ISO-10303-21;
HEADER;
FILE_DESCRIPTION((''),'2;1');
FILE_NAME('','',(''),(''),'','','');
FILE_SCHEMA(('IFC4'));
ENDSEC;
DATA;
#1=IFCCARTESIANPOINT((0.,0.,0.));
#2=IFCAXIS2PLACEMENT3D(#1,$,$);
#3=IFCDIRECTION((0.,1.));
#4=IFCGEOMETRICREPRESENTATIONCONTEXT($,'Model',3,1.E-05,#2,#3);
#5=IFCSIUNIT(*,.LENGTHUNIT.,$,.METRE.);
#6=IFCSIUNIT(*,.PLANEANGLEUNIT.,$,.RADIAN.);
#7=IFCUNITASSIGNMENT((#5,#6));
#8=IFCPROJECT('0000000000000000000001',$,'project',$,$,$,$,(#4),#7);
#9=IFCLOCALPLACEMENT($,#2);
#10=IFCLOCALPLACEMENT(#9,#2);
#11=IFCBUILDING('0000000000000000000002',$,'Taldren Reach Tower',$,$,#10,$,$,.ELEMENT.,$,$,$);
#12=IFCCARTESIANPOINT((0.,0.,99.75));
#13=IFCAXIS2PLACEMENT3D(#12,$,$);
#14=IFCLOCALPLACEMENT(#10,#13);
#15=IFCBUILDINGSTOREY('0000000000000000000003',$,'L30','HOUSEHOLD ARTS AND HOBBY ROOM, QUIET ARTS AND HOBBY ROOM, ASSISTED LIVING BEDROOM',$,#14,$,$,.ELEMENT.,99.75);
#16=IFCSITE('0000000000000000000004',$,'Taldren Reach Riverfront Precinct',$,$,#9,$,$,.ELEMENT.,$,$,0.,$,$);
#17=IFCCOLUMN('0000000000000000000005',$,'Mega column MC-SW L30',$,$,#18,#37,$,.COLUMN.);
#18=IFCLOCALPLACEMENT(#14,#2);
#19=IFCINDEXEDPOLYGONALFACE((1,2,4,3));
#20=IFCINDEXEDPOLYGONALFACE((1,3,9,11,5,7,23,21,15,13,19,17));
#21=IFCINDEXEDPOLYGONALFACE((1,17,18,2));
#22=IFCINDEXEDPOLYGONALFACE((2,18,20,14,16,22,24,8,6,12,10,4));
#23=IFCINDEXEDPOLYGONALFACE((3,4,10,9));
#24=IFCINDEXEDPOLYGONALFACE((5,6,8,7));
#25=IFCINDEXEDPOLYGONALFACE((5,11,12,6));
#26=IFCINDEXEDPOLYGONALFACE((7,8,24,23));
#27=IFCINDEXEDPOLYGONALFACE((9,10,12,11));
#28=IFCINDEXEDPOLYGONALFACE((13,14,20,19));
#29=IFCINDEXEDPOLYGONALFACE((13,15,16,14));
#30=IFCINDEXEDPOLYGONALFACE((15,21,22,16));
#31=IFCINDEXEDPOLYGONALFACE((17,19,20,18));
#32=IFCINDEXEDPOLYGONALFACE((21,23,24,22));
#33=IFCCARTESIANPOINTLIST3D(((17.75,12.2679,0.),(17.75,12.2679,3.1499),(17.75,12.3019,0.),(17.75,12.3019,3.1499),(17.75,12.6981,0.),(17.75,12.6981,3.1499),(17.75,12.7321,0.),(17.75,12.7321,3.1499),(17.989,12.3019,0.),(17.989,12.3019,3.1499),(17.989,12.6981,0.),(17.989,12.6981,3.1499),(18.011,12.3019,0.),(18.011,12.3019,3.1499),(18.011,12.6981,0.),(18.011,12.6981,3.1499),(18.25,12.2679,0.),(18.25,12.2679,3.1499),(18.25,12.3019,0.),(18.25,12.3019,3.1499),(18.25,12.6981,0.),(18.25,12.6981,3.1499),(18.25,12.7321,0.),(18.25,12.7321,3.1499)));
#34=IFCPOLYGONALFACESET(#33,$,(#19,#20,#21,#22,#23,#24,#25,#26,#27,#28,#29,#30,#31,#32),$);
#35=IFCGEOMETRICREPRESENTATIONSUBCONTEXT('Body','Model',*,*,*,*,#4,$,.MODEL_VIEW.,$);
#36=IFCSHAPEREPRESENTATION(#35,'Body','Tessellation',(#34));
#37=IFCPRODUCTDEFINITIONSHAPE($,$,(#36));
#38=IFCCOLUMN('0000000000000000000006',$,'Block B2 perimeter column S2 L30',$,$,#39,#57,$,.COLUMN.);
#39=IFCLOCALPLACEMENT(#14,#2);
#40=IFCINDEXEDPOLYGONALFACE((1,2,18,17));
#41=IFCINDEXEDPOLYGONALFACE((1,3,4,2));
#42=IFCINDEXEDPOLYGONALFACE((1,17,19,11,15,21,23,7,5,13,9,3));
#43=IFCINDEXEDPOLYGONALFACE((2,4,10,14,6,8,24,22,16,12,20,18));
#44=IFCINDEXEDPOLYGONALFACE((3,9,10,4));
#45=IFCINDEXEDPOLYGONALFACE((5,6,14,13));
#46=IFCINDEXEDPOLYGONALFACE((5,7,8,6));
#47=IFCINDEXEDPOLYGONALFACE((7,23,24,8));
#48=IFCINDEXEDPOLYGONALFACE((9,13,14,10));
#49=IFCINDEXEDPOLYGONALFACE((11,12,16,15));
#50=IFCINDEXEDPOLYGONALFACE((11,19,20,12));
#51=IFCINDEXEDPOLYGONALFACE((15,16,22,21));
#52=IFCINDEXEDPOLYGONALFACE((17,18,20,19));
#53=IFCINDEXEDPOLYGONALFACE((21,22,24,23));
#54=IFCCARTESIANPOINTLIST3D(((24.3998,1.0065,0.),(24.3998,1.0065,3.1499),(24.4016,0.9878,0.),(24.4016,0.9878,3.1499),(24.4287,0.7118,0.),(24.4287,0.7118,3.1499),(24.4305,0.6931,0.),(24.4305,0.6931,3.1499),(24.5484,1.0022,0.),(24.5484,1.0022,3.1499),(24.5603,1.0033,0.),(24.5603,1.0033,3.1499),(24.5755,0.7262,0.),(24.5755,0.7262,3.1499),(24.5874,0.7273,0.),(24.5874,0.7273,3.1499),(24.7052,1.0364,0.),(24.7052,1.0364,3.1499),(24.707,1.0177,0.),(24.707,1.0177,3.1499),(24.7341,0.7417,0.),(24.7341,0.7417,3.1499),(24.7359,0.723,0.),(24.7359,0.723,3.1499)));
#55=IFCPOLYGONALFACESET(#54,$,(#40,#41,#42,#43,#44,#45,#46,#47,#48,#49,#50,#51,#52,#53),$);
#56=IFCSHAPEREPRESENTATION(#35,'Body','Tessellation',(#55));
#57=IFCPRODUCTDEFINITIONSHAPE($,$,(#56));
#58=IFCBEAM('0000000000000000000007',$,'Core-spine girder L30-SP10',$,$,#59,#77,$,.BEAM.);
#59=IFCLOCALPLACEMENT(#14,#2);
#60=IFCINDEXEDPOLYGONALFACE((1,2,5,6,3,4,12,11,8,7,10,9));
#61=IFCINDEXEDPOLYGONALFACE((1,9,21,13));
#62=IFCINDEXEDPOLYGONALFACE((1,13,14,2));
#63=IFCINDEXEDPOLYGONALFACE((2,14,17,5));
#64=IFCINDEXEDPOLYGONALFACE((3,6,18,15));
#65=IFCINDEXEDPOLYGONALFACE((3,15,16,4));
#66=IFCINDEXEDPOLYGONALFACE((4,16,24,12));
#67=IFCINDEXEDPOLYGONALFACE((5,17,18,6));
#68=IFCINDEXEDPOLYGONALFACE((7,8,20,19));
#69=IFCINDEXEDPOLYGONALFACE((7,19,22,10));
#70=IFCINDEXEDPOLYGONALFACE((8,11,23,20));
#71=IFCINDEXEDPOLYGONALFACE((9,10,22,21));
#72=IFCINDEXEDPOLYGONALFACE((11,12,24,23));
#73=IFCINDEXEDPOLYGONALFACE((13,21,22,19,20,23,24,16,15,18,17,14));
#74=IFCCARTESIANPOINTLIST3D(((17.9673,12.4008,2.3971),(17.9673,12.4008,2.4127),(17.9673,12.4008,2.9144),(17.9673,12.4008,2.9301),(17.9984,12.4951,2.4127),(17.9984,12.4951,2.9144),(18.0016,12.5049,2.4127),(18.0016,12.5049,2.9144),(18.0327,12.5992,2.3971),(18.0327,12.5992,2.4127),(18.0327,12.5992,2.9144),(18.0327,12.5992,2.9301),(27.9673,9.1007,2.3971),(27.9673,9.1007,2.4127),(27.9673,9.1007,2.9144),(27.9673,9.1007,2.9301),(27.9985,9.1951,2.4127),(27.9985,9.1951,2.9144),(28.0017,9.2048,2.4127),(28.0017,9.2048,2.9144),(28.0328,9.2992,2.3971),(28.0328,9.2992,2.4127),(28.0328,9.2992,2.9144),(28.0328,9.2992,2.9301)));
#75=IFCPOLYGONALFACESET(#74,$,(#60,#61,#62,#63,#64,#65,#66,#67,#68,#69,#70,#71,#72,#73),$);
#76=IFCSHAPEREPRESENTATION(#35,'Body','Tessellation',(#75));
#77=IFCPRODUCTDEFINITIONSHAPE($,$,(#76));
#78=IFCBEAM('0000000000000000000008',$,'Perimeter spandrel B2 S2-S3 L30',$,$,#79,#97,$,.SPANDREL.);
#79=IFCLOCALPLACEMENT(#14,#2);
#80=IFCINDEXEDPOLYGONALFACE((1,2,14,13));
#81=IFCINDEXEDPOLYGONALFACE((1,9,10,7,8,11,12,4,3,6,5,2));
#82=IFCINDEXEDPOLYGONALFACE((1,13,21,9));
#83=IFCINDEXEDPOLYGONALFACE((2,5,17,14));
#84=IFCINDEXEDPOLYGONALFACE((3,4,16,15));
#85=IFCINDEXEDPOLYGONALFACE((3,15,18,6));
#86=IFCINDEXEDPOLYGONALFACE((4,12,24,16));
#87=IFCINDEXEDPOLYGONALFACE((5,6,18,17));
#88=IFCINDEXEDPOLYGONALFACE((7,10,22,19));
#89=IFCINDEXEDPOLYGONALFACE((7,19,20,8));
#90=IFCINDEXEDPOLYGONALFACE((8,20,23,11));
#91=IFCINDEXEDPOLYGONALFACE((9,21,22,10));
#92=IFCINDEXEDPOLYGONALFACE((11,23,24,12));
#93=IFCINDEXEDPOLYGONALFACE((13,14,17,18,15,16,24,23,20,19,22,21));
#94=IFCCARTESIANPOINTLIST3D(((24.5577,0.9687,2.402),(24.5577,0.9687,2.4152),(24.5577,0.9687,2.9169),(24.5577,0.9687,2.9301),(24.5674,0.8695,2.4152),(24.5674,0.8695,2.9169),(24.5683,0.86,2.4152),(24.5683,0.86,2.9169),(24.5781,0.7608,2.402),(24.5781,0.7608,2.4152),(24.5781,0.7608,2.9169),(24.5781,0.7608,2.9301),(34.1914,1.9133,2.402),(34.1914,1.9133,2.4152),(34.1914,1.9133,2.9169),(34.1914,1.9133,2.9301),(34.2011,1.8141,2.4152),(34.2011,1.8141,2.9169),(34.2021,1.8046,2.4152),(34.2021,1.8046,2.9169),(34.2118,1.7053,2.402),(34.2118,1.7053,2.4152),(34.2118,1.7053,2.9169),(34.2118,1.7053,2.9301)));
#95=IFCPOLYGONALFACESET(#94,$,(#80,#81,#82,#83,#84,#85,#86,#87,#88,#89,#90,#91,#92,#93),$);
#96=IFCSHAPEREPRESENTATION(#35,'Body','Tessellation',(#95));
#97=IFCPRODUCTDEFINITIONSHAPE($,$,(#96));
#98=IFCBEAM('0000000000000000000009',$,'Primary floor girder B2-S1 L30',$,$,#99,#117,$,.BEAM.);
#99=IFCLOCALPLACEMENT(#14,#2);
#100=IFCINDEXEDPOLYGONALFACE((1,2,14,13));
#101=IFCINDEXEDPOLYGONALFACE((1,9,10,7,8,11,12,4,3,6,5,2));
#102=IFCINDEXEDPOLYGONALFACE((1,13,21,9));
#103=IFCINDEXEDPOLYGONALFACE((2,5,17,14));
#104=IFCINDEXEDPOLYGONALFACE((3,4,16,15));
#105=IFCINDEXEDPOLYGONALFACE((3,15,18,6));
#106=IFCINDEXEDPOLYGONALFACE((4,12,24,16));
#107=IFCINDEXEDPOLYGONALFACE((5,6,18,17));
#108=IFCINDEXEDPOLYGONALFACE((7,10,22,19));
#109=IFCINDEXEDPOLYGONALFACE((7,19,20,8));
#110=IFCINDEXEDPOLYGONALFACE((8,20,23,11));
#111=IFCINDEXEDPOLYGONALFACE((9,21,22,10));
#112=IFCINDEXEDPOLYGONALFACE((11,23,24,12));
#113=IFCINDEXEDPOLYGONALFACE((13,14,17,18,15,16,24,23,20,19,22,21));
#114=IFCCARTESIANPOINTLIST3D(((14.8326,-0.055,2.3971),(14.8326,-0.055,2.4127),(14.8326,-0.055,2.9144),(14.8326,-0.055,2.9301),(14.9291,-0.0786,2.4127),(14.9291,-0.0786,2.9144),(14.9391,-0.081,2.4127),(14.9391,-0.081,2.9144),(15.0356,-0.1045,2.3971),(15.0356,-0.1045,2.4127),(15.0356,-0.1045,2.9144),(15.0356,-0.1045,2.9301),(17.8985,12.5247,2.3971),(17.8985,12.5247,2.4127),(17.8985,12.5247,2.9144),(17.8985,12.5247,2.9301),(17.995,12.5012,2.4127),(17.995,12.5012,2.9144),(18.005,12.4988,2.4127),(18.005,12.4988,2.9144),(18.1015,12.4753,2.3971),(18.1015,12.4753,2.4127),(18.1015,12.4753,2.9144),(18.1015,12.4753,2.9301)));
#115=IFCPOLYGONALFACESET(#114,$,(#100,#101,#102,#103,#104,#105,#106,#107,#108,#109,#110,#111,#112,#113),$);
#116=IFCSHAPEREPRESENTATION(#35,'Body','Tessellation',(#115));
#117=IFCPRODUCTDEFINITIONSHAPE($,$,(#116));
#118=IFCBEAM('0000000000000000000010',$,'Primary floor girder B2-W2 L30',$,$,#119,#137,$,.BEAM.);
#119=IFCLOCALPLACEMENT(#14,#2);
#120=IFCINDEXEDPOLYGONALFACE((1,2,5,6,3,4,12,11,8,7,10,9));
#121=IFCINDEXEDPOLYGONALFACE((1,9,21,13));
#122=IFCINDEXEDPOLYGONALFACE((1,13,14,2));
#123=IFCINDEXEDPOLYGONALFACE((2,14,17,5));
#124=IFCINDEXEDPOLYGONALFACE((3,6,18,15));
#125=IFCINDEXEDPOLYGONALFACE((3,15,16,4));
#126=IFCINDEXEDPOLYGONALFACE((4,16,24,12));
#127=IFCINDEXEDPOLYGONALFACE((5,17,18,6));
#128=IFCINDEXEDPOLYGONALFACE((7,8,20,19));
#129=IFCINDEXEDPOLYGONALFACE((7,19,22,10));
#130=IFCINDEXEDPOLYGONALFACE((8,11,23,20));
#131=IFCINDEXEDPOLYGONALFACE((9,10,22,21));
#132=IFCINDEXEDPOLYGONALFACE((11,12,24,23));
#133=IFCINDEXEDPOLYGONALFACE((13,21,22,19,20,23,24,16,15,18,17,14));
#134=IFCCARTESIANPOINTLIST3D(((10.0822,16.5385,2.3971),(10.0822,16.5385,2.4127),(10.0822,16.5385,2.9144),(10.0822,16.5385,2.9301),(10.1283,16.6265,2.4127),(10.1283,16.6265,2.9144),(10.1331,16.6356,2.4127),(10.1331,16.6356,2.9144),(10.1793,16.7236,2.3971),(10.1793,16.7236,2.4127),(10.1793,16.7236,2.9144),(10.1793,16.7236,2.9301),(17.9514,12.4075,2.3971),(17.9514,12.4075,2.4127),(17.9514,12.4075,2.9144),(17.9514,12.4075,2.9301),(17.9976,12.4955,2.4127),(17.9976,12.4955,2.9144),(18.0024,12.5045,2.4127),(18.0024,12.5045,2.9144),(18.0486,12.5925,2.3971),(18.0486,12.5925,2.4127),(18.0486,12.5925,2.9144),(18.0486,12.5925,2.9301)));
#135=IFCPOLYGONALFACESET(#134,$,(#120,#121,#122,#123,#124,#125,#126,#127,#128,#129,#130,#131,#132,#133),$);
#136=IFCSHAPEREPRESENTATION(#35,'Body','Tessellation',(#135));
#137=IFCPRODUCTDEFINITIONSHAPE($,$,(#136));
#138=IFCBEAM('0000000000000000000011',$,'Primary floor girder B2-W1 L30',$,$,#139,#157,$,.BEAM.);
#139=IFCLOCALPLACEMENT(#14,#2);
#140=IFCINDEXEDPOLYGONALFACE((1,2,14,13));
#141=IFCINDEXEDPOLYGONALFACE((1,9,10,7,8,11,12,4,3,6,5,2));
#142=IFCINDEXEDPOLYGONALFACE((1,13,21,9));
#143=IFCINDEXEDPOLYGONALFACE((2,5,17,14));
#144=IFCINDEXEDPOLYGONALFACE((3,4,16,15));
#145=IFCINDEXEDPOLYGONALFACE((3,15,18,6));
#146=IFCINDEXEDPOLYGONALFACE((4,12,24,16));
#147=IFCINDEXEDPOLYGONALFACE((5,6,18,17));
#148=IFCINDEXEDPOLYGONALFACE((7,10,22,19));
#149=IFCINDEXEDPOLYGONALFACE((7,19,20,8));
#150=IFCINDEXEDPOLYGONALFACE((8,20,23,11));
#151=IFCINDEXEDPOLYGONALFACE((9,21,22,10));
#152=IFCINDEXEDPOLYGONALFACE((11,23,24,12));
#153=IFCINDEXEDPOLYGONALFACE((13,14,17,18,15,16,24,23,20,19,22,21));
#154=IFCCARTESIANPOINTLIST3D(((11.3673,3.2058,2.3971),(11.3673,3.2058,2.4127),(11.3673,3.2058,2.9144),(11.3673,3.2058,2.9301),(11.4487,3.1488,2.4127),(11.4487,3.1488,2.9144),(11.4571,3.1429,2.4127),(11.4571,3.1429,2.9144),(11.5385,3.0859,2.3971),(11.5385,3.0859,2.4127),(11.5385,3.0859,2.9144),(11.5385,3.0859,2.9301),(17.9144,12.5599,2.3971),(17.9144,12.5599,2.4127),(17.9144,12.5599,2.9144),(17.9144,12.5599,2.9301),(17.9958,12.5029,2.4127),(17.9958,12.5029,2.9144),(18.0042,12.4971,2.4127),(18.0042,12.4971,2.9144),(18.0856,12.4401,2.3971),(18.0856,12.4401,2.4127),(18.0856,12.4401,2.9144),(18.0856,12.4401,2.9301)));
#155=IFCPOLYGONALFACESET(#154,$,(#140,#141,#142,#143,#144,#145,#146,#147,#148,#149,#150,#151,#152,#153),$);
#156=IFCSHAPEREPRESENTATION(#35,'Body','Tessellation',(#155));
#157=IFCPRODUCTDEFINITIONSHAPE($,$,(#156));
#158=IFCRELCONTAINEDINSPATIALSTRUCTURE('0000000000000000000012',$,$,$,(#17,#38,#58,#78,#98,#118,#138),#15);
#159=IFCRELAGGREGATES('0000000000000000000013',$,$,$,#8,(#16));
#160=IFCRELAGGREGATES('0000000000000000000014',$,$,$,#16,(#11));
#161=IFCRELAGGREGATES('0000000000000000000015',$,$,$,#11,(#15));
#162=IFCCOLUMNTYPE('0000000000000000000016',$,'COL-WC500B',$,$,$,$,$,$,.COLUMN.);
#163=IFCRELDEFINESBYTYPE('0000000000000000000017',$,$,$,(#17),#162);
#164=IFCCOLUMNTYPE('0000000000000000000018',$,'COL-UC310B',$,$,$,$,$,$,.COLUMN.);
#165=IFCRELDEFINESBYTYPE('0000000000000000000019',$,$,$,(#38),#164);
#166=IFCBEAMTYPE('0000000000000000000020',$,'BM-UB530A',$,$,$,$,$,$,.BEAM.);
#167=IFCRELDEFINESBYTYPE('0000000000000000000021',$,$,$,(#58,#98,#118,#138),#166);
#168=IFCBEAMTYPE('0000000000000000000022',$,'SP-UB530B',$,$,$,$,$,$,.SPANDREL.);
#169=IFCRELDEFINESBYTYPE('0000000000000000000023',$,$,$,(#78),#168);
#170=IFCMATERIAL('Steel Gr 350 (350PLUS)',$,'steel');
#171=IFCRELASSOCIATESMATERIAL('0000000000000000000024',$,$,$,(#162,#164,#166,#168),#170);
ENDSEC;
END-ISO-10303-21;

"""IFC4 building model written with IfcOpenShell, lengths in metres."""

from ifc_helpers import new_model, si_unit, direction, frame, origin, origin_2d, place, context, subcontext, project, spatial, i_section, extrude, source, transform, mapped, material, material_profile, profile_set, type_object, element, save


model = new_model("IFC4")

# Units and contexts
model_context = context("Model", 3, precision=1e-05, world=origin(), true_north=direction((0.0, 1.0)))
body_context = subcontext(model_context, "Body", "Model", "MODEL_VIEW")
ifc_project = project(units=[si_unit("LENGTHUNIT", "METRE"), si_unit("PLANEANGLEUNIT", "RADIAN")], contexts=[model_context])

# Site, building, storey
site_placement = place(None, origin())
site = spatial("IfcSite", under=ifc_project, at=site_placement, Name="Taldren Reach Riverfront Precinct", CompositionType="ELEMENT", RefElevation=0.0)
building_placement = place(site_placement, origin())
building = spatial("IfcBuilding", under=site, at=building_placement, Name="Taldren Reach Tower", CompositionType="ELEMENT")
storey_placement = place(building_placement, frame((0.0, 0.0, 99.75)))
storey = spatial("IfcBuildingStorey", under=building, at=storey_placement, Name="L30", Description="HOUSEHOLD ARTS AND HOBBY ROOM, QUIET ARTS AND HOBBY ROOM, ASSISTED LIVING BEDROOM", CompositionType="ELEMENT", Elevation=99.75)

# Columns
ifc_material_1 = material(Name="Steel Gr 350 (350PLUS)", Category="steel")
ifc_material_profile_1 = material_profile(ifc_material_1, i_section(OverallWidth=0.5, OverallDepth=0.4641, WebThickness=0.022, FlangeThickness=0.0339, at=origin_2d()), Name="500WC340")
ifc_profile_set_1 = profile_set([ifc_material_profile_1], Name="Steel Gr 350 (350PLUS)")
column_type_1 = type_object("IfcColumnType", Name="COL-WC500B", PredefinedType="COLUMN", material=ifc_profile_set_1)
shared_shape_1 = source(origin(), body_context, "Body", "SweptSolid", [
    extrude(i_section(OverallWidth=0.5, OverallDepth=0.4641, WebThickness=0.022, FlangeThickness=0.0339, at=origin_2d()), origin(), (0.0, 0.0, 1.0), 3.1499),
])
column_1_placement = place(storey_placement, frame((18.0, 12.5, 0.0), z_axis=(0.0, 0.0, 1.0), x_axis=(1.0, 0.0, 0.0)))
element("IfcColumn", 1, at=column_1_placement, inside=storey, type_object=column_type_1, Name="Mega column MC-SW L30", PredefinedType="COLUMN", context=body_context, shape_type="MappedRepresentation", body=[
    mapped(shared_shape_1, transform((0.0, 0.0, 0.0), scale=1.0)),
])
ifc_material_profile_2 = material_profile(ifc_material_1, i_section(OverallWidth=0.3069, OverallDepth=0.3149, WebThickness=0.012, FlangeThickness=0.0188, at=origin_2d()), Name="310UC118")
ifc_profile_set_2 = profile_set([ifc_material_profile_2], Name="Steel Gr 350 (350PLUS)")
column_type_2 = type_object("IfcColumnType", Name="COL-UC310B", PredefinedType="COLUMN", material=ifc_profile_set_2)
shared_shape_2 = source(origin(), body_context, "Body", "SweptSolid", [
    extrude(i_section(OverallWidth=0.3069, OverallDepth=0.3149, WebThickness=0.012, FlangeThickness=0.0188, at=origin_2d()), origin(), (0.0, 0.0, 1.0), 3.1499),
])
column_2_placement = place(storey_placement, frame((24.5679, 0.8647, 0.0), z_axis=(0.0, 0.0, 1.0), x_axis=(0.995227, 0.097583, 0.0)))
element("IfcColumn", 2, at=column_2_placement, inside=storey, type_object=column_type_2, Name="Block B2 perimeter column S2 L30", PredefinedType="COLUMN", context=body_context, shape_type="MappedRepresentation", body=[
    mapped(shared_shape_2, transform((0.0, 0.0, 0.0), scale=1.0)),
])

# Beams
ifc_material_profile_3 = material_profile(ifc_material_1, i_section(OverallWidth=0.209, OverallDepth=0.533, WebThickness=0.0103, FlangeThickness=0.0156, at=origin_2d()), Name="530UB92.4")
ifc_profile_set_3 = profile_set([ifc_material_profile_3], Name="Steel Gr 350 (350PLUS)")
beam_type_1 = type_object("IfcBeamType", Name="BM-UB530A", PredefinedType="BEAM", material=ifc_profile_set_3)
shared_shape_3 = source(origin(), body_context, "Body", "SweptSolid", [
    extrude(i_section(OverallWidth=0.209, OverallDepth=0.533, WebThickness=0.0103, FlangeThickness=0.0156, at=origin_2d()), origin(), (0.0, 0.0, 1.0), 10.5305),
])
beam_1_placement = place(storey_placement, frame((18.0, 12.5, 2.6636), z_axis=(0.949627, -0.313382, 0.0), x_axis=(0.313382, 0.949627, 0.0)))
element("IfcBeam", 3, at=beam_1_placement, inside=storey, type_object=beam_type_1, Name="Core-spine girder L30-SP10", PredefinedType="BEAM", context=body_context, shape_type="MappedRepresentation", body=[
    mapped(shared_shape_3, transform((0.0, 0.0, 0.0), scale=1.0)),
])
ifc_material_profile_4 = material_profile(ifc_material_1, i_section(OverallWidth=0.209, OverallDepth=0.5281, WebThickness=0.0095, FlangeThickness=0.0132, at=origin_2d()), Name="530UB82.0")
ifc_profile_set_4 = profile_set([ifc_material_profile_4], Name="Steel Gr 350 (350PLUS)")
beam_type_2 = type_object("IfcBeamType", Name="SP-UB530B", PredefinedType="SPANDREL", material=ifc_profile_set_4)
shared_shape_4 = source(origin(), body_context, "Body", "SweptSolid", [
    extrude(i_section(OverallWidth=0.209, OverallDepth=0.5281, WebThickness=0.0095, FlangeThickness=0.0132, at=origin_2d()), origin(), (0.0, 0.0, 1.0), 9.6799),
])
beam_2_placement = place(storey_placement, frame((24.5679, 0.8647, 2.666), z_axis=(0.995228, 0.097581, 0.0), x_axis=(-0.097581, 0.995228, 0.0)))
element("IfcBeam", 4, at=beam_2_placement, inside=storey, type_object=beam_type_2, Name="Perimeter spandrel B2 S2-S3 L30", PredefinedType="SPANDREL", context=body_context, shape_type="MappedRepresentation", body=[
    mapped(shared_shape_4, transform((0.0, 0.0, 0.0), scale=1.0)),
])
shared_shape_5 = source(origin(), body_context, "Body", "SweptSolid", [
    extrude(i_section(OverallWidth=0.209, OverallDepth=0.533, WebThickness=0.0103, FlangeThickness=0.0156, at=origin_2d()), origin(), (0.0, 0.0, 1.0), 12.948),
])
beam_3_placement = place(storey_placement, frame((18.0, 12.5, 2.6636), z_axis=(-0.236786, -0.971562, 0.0), x_axis=(0.971562, -0.236786, 0.0)))
element("IfcBeam", 5, at=beam_3_placement, inside=storey, type_object=beam_type_1, Name="Primary floor girder B2-S1 L30", PredefinedType="BEAM", context=body_context, shape_type="MappedRepresentation", body=[
    mapped(shared_shape_5, transform((0.0, 0.0, 0.0), scale=1.0)),
])
shared_shape_6 = source(origin(), body_context, "Body", "SweptSolid", [
    extrude(i_section(OverallWidth=0.209, OverallDepth=0.533, WebThickness=0.0103, FlangeThickness=0.0156, at=origin_2d()), origin(), (0.0, 0.0, 1.0), 8.8877),
])
beam_4_placement = place(storey_placement, frame((18.0, 12.5, 2.6636), z_axis=(-0.885413, 0.464805, 0.0), x_axis=(-0.464805, -0.885413, 0.0)))
element("IfcBeam", 6, at=beam_4_placement, inside=storey, type_object=beam_type_1, Name="Primary floor girder B2-W2 L30", PredefinedType="BEAM", context=body_context, shape_type="MappedRepresentation", body=[
    mapped(shared_shape_6, transform((0.0, 0.0, 0.0), scale=1.0)),
])
shared_shape_7 = source(origin(), body_context, "Body", "SweptSolid", [
    extrude(i_section(OverallWidth=0.209, OverallDepth=0.533, WebThickness=0.0103, FlangeThickness=0.0156, at=origin_2d()), origin(), (0.0, 0.0, 1.0), 11.4177),
])
beam_5_placement = place(storey_placement, frame((18.0, 12.5, 2.6636), z_axis=(-0.573412, -0.819267, 0.0), x_axis=(0.819267, -0.573412, 0.0)))
element("IfcBeam", 7, at=beam_5_placement, inside=storey, type_object=beam_type_1, Name="Primary floor girder B2-W1 L30", PredefinedType="BEAM", context=body_context, shape_type="MappedRepresentation", body=[
    mapped(shared_shape_7, transform((0.0, 0.0, 0.0), scale=1.0)),
])

save(model, "model.ifc")
